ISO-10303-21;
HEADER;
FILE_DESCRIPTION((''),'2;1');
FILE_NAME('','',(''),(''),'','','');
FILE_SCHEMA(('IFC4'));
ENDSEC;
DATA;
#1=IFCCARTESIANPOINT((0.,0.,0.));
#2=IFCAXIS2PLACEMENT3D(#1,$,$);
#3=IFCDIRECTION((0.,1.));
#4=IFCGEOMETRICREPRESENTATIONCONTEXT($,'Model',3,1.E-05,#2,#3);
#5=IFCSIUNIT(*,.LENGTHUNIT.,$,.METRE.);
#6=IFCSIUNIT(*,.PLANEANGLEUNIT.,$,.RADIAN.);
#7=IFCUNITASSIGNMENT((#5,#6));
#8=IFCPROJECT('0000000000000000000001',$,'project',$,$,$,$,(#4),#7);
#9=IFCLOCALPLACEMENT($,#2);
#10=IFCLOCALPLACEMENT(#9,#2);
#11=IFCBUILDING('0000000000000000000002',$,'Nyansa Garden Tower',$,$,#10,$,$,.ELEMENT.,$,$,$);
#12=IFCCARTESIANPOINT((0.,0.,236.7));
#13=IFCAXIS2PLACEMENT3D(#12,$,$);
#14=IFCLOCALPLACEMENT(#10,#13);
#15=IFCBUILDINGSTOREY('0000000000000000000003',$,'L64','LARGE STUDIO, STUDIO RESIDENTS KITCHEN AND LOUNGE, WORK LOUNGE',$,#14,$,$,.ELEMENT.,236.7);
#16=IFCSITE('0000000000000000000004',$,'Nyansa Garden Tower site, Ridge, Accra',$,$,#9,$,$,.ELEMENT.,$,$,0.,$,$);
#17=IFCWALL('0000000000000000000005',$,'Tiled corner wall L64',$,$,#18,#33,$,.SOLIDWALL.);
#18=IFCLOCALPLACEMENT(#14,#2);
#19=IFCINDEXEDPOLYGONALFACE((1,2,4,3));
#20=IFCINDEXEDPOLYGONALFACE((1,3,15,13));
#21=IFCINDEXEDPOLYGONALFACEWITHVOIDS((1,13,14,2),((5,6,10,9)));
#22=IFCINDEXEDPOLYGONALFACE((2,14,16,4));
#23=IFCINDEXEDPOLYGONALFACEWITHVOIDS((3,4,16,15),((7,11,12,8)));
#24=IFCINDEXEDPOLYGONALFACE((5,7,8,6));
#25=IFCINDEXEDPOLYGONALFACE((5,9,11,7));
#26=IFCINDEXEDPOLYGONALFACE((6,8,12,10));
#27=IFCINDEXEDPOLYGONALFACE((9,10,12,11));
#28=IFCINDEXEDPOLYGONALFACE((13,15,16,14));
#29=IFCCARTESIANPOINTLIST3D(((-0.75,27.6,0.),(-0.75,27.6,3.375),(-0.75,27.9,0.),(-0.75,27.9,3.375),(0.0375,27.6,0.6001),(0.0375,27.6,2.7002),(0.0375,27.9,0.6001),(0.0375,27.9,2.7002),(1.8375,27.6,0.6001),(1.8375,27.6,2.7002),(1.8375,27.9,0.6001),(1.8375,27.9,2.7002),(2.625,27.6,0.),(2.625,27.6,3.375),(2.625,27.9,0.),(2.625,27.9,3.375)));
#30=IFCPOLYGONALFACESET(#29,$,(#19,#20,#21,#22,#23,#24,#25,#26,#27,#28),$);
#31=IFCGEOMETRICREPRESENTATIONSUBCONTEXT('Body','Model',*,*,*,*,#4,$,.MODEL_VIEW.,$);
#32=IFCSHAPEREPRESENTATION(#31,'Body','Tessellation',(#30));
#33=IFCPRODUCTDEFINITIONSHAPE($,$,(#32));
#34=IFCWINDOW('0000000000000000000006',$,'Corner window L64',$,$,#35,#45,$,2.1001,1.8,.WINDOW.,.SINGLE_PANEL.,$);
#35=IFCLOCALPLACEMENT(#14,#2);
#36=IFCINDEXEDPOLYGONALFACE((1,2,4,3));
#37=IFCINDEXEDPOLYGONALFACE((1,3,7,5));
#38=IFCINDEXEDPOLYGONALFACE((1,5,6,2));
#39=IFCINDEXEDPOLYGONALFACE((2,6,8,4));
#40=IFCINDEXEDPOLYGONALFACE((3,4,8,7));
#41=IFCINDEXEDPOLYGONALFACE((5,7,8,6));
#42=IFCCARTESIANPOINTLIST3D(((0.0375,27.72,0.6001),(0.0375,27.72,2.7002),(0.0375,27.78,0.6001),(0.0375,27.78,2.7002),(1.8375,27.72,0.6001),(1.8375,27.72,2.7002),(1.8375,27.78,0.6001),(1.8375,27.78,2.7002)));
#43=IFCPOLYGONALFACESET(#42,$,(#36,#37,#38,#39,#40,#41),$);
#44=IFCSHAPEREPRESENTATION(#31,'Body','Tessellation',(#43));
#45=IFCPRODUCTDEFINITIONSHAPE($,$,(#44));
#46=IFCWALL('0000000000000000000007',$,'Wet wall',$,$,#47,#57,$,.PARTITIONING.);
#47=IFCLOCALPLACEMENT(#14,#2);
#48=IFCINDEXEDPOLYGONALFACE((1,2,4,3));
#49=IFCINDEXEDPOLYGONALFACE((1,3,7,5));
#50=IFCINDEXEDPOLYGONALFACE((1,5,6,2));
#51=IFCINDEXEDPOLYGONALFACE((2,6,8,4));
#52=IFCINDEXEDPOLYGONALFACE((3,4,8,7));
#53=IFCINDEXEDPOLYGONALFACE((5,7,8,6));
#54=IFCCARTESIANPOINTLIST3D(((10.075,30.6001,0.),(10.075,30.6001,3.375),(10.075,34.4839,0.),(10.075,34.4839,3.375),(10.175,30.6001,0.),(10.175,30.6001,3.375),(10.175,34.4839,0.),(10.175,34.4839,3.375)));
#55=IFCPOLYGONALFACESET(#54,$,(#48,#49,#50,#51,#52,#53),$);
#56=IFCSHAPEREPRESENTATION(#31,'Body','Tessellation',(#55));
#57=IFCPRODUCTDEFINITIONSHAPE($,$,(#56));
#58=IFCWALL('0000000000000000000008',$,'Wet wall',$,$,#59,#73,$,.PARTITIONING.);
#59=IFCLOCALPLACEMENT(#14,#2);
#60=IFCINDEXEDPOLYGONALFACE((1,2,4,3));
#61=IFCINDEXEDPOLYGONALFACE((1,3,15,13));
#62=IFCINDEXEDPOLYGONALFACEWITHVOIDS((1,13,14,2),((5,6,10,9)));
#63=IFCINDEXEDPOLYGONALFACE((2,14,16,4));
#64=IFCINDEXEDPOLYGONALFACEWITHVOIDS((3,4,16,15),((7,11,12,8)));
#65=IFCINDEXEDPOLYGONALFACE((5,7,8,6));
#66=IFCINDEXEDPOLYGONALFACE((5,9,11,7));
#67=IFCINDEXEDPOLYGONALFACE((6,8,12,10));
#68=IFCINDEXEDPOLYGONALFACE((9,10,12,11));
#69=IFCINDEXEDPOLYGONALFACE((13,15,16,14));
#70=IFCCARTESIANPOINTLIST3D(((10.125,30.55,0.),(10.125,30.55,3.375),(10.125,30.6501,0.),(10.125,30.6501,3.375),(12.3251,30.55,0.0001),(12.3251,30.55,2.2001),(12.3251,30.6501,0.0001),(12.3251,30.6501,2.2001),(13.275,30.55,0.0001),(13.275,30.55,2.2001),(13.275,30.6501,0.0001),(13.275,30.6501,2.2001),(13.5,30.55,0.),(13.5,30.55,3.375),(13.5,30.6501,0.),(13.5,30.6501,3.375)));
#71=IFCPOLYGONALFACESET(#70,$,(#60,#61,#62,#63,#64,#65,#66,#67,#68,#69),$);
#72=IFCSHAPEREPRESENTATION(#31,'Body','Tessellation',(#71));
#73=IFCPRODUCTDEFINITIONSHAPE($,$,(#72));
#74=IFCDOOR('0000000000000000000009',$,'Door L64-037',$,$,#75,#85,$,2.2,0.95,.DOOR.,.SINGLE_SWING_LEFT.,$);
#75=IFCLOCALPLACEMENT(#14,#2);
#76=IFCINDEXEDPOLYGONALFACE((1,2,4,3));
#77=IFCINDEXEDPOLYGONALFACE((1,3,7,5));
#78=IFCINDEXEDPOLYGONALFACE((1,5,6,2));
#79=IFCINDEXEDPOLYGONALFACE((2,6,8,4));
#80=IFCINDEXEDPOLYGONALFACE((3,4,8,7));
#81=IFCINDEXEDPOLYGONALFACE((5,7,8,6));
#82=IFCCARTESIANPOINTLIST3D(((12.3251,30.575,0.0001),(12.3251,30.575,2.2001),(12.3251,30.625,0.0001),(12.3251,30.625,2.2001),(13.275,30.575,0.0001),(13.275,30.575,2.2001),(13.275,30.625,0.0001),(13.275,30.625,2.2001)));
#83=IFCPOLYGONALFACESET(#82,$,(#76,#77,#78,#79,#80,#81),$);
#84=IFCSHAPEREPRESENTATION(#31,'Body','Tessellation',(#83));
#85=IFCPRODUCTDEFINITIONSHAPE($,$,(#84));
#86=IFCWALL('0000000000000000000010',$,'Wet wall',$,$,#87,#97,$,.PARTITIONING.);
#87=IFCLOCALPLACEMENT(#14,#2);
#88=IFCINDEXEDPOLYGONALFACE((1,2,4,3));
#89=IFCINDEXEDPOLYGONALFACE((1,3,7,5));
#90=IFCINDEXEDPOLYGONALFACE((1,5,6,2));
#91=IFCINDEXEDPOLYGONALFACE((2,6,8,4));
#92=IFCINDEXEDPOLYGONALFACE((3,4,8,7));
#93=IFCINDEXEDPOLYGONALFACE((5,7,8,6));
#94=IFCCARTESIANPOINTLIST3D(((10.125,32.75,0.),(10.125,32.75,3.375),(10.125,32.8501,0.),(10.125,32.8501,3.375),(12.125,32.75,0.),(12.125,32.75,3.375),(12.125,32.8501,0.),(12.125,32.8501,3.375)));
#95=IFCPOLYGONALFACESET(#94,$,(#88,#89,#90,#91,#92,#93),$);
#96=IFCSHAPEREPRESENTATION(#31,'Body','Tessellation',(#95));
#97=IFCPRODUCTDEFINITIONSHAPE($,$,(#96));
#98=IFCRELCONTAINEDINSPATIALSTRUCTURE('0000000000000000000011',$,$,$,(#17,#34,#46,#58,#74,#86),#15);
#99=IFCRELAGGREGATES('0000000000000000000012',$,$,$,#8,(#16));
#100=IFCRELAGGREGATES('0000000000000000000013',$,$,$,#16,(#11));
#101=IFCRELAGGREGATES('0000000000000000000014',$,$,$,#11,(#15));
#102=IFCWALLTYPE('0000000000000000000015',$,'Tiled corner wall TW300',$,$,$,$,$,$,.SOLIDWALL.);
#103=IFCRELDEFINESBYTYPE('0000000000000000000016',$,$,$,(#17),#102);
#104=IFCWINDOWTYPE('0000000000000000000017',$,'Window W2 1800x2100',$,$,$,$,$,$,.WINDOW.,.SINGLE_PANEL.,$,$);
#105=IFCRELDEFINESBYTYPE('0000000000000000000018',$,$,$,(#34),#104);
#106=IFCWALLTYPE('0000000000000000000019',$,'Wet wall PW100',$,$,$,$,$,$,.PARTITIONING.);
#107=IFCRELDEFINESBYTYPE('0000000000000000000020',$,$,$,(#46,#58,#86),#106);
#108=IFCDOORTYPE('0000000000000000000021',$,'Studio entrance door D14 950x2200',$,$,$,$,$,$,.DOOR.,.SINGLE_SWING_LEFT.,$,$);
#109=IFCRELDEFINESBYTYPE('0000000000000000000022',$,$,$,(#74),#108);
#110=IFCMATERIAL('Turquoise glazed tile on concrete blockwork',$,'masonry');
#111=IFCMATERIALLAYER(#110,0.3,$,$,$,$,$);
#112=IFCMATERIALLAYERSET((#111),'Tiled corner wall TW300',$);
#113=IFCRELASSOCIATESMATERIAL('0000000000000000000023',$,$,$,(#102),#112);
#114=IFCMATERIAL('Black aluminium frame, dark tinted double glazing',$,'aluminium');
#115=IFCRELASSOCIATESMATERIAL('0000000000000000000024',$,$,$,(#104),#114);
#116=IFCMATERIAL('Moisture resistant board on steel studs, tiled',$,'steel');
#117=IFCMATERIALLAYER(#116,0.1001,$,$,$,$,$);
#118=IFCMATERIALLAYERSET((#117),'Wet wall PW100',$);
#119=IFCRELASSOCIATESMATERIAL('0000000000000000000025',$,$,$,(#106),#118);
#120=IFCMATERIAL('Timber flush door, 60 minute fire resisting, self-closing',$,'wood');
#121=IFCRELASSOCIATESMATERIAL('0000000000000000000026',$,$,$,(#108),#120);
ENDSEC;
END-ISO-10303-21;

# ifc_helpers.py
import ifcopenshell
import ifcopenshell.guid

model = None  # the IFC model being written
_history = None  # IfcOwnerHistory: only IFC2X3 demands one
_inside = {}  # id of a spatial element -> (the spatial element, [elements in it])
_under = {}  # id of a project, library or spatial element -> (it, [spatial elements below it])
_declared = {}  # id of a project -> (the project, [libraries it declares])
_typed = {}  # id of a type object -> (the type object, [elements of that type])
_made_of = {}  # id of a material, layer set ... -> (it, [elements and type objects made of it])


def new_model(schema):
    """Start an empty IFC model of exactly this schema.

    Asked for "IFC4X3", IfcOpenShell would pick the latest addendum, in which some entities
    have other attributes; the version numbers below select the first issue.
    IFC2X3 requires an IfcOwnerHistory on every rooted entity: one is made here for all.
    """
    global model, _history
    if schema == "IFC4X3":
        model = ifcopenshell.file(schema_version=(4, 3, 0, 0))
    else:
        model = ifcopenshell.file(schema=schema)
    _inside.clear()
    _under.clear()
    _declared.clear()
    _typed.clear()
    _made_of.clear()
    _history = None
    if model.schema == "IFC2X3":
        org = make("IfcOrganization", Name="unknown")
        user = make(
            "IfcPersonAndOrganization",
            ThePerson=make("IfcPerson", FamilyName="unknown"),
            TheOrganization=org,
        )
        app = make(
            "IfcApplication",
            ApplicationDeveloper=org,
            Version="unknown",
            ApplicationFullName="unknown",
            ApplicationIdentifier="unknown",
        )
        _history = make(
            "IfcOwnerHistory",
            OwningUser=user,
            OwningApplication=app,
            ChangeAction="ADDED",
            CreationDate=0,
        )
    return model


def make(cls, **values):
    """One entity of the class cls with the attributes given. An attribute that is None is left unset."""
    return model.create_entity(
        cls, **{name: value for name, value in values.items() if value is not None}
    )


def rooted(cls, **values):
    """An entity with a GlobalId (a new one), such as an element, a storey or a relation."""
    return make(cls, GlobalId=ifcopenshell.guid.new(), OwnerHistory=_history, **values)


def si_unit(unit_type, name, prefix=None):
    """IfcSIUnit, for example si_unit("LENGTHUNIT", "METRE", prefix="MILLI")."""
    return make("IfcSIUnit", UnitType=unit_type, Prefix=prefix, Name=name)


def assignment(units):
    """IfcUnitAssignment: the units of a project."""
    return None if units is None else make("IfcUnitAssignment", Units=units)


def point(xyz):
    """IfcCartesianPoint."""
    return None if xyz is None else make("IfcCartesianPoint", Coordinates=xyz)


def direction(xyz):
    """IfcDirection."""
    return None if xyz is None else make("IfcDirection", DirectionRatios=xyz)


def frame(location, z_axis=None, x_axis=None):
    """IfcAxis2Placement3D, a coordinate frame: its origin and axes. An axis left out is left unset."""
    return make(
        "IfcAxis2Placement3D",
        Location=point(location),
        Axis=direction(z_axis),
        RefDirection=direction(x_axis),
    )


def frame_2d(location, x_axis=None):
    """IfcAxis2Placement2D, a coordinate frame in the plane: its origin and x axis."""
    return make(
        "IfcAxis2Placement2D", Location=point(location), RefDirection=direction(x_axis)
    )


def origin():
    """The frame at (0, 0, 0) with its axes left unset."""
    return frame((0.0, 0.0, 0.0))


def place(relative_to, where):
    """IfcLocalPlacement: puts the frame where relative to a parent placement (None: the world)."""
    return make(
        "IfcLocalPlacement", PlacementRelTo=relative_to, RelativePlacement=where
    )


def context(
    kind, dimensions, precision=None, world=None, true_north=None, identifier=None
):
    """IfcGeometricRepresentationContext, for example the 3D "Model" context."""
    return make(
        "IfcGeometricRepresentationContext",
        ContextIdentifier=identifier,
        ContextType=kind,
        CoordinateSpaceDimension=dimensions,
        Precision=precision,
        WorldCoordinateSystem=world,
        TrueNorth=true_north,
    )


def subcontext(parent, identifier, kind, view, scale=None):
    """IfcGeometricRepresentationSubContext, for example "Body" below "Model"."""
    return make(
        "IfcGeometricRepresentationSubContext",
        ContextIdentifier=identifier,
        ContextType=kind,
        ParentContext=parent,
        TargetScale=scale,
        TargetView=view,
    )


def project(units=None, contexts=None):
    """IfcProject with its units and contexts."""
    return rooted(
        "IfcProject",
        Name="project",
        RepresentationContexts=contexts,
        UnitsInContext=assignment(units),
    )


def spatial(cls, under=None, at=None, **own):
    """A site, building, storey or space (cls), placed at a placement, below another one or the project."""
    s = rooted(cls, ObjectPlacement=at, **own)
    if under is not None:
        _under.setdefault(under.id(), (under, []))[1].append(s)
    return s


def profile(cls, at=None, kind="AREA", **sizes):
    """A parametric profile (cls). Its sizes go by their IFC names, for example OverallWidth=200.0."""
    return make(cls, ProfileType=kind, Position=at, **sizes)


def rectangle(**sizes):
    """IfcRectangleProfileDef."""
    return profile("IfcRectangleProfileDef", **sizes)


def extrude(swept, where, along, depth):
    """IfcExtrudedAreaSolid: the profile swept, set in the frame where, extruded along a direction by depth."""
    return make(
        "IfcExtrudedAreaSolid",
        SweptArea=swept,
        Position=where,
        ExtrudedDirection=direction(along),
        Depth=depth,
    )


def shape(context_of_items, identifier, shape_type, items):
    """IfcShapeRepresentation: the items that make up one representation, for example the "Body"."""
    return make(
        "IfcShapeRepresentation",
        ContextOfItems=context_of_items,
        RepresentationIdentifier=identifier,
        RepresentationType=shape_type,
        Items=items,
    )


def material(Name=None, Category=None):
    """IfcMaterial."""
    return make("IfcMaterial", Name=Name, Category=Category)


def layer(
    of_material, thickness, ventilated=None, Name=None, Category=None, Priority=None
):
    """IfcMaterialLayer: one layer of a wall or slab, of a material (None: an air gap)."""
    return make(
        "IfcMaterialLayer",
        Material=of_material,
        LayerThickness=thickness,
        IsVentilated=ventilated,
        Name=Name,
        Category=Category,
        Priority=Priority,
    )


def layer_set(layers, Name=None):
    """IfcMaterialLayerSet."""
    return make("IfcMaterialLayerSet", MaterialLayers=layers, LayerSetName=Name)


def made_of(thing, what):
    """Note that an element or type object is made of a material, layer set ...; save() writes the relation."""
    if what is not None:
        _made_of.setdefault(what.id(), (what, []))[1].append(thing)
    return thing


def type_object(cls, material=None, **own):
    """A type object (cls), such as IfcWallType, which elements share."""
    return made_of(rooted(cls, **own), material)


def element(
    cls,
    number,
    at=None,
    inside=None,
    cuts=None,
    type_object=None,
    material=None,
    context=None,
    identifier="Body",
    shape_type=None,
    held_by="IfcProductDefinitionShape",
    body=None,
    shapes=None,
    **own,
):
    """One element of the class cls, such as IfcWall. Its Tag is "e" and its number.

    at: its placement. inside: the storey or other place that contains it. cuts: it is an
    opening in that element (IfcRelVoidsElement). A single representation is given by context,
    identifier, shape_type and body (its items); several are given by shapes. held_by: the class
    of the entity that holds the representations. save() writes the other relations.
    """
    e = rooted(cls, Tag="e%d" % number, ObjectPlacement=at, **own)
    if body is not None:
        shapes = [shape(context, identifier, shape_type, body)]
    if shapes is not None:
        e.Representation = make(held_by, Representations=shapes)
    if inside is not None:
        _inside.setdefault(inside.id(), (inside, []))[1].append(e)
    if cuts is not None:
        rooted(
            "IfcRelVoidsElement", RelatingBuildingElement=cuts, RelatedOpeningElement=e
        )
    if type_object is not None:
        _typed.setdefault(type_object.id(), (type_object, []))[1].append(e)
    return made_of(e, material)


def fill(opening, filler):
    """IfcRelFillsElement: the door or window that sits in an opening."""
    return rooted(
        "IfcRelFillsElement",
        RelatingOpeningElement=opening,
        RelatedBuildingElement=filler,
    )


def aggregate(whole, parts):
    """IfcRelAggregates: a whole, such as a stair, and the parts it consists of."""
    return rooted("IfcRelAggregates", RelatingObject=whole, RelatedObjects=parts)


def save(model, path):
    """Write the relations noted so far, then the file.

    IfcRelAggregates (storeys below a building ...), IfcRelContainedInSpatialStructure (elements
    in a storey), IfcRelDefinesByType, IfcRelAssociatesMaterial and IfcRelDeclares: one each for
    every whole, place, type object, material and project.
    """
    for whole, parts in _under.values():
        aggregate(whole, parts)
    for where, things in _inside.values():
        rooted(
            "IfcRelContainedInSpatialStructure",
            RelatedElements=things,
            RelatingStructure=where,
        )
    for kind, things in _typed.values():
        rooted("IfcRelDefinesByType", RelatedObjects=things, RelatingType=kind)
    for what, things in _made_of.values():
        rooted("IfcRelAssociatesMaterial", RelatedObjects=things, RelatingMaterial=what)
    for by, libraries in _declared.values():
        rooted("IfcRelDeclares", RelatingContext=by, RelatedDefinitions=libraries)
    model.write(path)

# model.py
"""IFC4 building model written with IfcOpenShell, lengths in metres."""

from ifc_helpers import new_model, si_unit, direction, frame, frame_2d, origin, place, context, subcontext, project, spatial, rectangle, extrude, material, layer, layer_set, type_object, element, fill, save


model = new_model("IFC4")

# Units and contexts
model_context = context("Model", 3, precision=1e-05, world=origin(), true_north=direction((0.0, 1.0)))
body_context = subcontext(model_context, "Body", "Model", "MODEL_VIEW")
ifc_project = project(units=[si_unit("LENGTHUNIT", "METRE"), si_unit("PLANEANGLEUNIT", "RADIAN")], contexts=[model_context])

# Site, building, storey
site_placement = place(None, origin())
site = spatial("IfcSite", under=ifc_project, at=site_placement, Name="Nyansa Garden Tower site, Ridge, Accra", CompositionType="ELEMENT", RefElevation=0.0)
building_placement = place(site_placement, origin())
building = spatial("IfcBuilding", under=site, at=building_placement, Name="Nyansa Garden Tower", CompositionType="ELEMENT")
storey_placement = place(building_placement, frame((0.0, 0.0, 236.7)))
storey = spatial("IfcBuildingStorey", under=building, at=storey_placement, Name="L64", Description="LARGE STUDIO, STUDIO RESIDENTS KITCHEN AND LOUNGE, WORK LOUNGE", CompositionType="ELEMENT", Elevation=236.7)

# Wall, opening, window
ifc_material_1 = material(Name="Turquoise glazed tile on concrete blockwork", Category="masonry")
ifc_layer_1 = layer(ifc_material_1, 0.3)
ifc_layer_set_1 = layer_set([ifc_layer_1], Name="Tiled corner wall TW300")
wall_type_1 = type_object("IfcWallType", Name="Tiled corner wall TW300", PredefinedType="SOLIDWALL", material=ifc_layer_set_1)
ifc_material_2 = material(Name="Black aluminium frame, dark tinted double glazing", Category="aluminium")
window_type = type_object("IfcWindowType", Name="Window W2 1800x2100", PartitioningType="SINGLE_PANEL", PredefinedType="WINDOW", material=ifc_material_2)
wall_1_placement = place(storey_placement, frame((2.625, 27.75, 0.0), z_axis=(0.0, 0.0, 1.0), x_axis=(-1.0, 0.0, 0.0)))
wall_1 = element("IfcWall", 1, at=wall_1_placement, inside=storey, type_object=wall_type_1, Name="Tiled corner wall L64", PredefinedType="SOLIDWALL", context=body_context, shape_type="SweptSolid", body=[
    extrude(rectangle(XDim=3.375, YDim=0.3, at=frame_2d((1.6875, 0.0))), origin(), (0.0, 0.0, 1.0), 3.375),
])
opening_1_placement = place(wall_1_placement, frame((0.7876, 0.0, 0.6001)))
opening_1 = element("IfcOpeningElement", 2, at=opening_1_placement, cuts=wall_1, PredefinedType="OPENING", context=body_context, shape_type="SweptSolid", body=[
    extrude(rectangle(XDim=1.8, YDim=2.1001, at=frame_2d((0.8999, 1.05))), frame((0.0, 0.1599, 0.0), z_axis=(0.0, -1.0, 0.0), x_axis=(1.0, 0.0, 0.0)), (0.0, 0.0, 1.0), 0.3201),
])
window_1_placement = place(opening_1_placement, origin())
window_1 = element("IfcWindow", 3, at=window_1_placement, inside=storey, type_object=window_type, Name="Corner window L64", OverallHeight=2.1001, OverallWidth=1.8, PartitioningType="SINGLE_PANEL", PredefinedType="WINDOW", context=body_context, shape_type="SweptSolid", body=[
    extrude(rectangle(XDim=1.8, YDim=2.1001, at=frame_2d((0.8999, 1.05))), frame((0.0, 0.03, 0.0), z_axis=(0.0, -1.0, 0.0), x_axis=(1.0, 0.0, 0.0)), (0.0, 0.0, 1.0), 0.0601),
])
fill(opening_1, window_1)

# Wall
ifc_material_3 = material(Name="Moisture resistant board on steel studs, tiled", Category="steel")
ifc_layer_2 = layer(ifc_material_3, 0.1001)
ifc_layer_set_2 = layer_set([ifc_layer_2], Name="Wet wall PW100")
wall_type_2 = type_object("IfcWallType", Name="Wet wall PW100", PredefinedType="PARTITIONING", material=ifc_layer_set_2)
wall_2_placement = place(storey_placement, frame((10.125, 30.6001, 0.0), z_axis=(0.0, 0.0, 1.0), x_axis=(0.0, 1.0, 0.0)))
element("IfcWall", 4, at=wall_2_placement, inside=storey, type_object=wall_type_2, Name="Wet wall", PredefinedType="PARTITIONING", context=body_context, shape_type="SweptSolid", body=[
    extrude(rectangle(XDim=3.8838, YDim=0.1001, at=frame_2d((1.9419, 0.0))), origin(), (0.0, 0.0, 1.0), 3.375),
])

# Wall, opening, door
wall_3_placement = place(storey_placement, frame((10.125, 30.6001, 0.0), z_axis=(0.0, 0.0, 1.0), x_axis=(1.0, 0.0, 0.0)))
wall_3 = element("IfcWall", 5, at=wall_3_placement, inside=storey, type_object=wall_type_2, Name="Wet wall", PredefinedType="PARTITIONING", context=body_context, shape_type="SweptSolid", body=[
    extrude(rectangle(XDim=3.375, YDim=0.1001, at=frame_2d((1.6875, 0.0))), origin(), (0.0, 0.0, 1.0), 3.375),
])
opening_2_placement = place(wall_3_placement, frame((2.2, 0.0, 0.0)))
opening_2 = element("IfcOpeningElement", 6, at=opening_2_placement, cuts=wall_3, PredefinedType="OPENING", context=body_context, shape_type="SweptSolid", body=[
    extrude(rectangle(XDim=0.95, YDim=2.2, at=frame_2d((0.4751, 1.1001))), frame((0.0, 0.0601, 0.0), z_axis=(0.0, -1.0, 0.0), x_axis=(1.0, 0.0, 0.0)), (0.0, 0.0, 1.0), 0.1201),
])
ifc_material_4 = material(Name="Timber flush door, 60 minute fire resisting, self-closing", Category="wood")
door_type = type_object("IfcDoorType", Name="Studio entrance door D14 950x2200", OperationType="SINGLE_SWING_LEFT", PredefinedType="DOOR", material=ifc_material_4)
door_placement = place(opening_2_placement, origin())
door = element("IfcDoor", 7, at=door_placement, inside=storey, type_object=door_type, Name="Door L64-037", OperationType="SINGLE_SWING_LEFT", OverallHeight=2.2, OverallWidth=0.95, PredefinedType="DOOR", context=body_context, shape_type="SweptSolid", body=[
    extrude(rectangle(XDim=0.95, YDim=2.2, at=frame_2d((0.4751, 1.1001))), frame((0.0, 0.0249, 0.0), z_axis=(0.0, -1.0, 0.0), x_axis=(1.0, 0.0, 0.0)), (0.0, 0.0, 1.0), 0.05),
])
fill(opening_2, door)

# Wall
wall_4_placement = place(storey_placement, frame((10.125, 32.8, 0.0), z_axis=(0.0, 0.0, 1.0), x_axis=(1.0, 0.0, 0.0)))
element("IfcWall", 8, at=wall_4_placement, inside=storey, type_object=wall_type_2, Name="Wet wall", PredefinedType="PARTITIONING", context=body_context, shape_type="SweptSolid", body=[
    extrude(rectangle(XDim=2.0, YDim=0.1001, at=frame_2d((1.0, 0.0))), origin(), (0.0, 0.0, 1.0), 3.375),
])

save(model, "model.ifc")
